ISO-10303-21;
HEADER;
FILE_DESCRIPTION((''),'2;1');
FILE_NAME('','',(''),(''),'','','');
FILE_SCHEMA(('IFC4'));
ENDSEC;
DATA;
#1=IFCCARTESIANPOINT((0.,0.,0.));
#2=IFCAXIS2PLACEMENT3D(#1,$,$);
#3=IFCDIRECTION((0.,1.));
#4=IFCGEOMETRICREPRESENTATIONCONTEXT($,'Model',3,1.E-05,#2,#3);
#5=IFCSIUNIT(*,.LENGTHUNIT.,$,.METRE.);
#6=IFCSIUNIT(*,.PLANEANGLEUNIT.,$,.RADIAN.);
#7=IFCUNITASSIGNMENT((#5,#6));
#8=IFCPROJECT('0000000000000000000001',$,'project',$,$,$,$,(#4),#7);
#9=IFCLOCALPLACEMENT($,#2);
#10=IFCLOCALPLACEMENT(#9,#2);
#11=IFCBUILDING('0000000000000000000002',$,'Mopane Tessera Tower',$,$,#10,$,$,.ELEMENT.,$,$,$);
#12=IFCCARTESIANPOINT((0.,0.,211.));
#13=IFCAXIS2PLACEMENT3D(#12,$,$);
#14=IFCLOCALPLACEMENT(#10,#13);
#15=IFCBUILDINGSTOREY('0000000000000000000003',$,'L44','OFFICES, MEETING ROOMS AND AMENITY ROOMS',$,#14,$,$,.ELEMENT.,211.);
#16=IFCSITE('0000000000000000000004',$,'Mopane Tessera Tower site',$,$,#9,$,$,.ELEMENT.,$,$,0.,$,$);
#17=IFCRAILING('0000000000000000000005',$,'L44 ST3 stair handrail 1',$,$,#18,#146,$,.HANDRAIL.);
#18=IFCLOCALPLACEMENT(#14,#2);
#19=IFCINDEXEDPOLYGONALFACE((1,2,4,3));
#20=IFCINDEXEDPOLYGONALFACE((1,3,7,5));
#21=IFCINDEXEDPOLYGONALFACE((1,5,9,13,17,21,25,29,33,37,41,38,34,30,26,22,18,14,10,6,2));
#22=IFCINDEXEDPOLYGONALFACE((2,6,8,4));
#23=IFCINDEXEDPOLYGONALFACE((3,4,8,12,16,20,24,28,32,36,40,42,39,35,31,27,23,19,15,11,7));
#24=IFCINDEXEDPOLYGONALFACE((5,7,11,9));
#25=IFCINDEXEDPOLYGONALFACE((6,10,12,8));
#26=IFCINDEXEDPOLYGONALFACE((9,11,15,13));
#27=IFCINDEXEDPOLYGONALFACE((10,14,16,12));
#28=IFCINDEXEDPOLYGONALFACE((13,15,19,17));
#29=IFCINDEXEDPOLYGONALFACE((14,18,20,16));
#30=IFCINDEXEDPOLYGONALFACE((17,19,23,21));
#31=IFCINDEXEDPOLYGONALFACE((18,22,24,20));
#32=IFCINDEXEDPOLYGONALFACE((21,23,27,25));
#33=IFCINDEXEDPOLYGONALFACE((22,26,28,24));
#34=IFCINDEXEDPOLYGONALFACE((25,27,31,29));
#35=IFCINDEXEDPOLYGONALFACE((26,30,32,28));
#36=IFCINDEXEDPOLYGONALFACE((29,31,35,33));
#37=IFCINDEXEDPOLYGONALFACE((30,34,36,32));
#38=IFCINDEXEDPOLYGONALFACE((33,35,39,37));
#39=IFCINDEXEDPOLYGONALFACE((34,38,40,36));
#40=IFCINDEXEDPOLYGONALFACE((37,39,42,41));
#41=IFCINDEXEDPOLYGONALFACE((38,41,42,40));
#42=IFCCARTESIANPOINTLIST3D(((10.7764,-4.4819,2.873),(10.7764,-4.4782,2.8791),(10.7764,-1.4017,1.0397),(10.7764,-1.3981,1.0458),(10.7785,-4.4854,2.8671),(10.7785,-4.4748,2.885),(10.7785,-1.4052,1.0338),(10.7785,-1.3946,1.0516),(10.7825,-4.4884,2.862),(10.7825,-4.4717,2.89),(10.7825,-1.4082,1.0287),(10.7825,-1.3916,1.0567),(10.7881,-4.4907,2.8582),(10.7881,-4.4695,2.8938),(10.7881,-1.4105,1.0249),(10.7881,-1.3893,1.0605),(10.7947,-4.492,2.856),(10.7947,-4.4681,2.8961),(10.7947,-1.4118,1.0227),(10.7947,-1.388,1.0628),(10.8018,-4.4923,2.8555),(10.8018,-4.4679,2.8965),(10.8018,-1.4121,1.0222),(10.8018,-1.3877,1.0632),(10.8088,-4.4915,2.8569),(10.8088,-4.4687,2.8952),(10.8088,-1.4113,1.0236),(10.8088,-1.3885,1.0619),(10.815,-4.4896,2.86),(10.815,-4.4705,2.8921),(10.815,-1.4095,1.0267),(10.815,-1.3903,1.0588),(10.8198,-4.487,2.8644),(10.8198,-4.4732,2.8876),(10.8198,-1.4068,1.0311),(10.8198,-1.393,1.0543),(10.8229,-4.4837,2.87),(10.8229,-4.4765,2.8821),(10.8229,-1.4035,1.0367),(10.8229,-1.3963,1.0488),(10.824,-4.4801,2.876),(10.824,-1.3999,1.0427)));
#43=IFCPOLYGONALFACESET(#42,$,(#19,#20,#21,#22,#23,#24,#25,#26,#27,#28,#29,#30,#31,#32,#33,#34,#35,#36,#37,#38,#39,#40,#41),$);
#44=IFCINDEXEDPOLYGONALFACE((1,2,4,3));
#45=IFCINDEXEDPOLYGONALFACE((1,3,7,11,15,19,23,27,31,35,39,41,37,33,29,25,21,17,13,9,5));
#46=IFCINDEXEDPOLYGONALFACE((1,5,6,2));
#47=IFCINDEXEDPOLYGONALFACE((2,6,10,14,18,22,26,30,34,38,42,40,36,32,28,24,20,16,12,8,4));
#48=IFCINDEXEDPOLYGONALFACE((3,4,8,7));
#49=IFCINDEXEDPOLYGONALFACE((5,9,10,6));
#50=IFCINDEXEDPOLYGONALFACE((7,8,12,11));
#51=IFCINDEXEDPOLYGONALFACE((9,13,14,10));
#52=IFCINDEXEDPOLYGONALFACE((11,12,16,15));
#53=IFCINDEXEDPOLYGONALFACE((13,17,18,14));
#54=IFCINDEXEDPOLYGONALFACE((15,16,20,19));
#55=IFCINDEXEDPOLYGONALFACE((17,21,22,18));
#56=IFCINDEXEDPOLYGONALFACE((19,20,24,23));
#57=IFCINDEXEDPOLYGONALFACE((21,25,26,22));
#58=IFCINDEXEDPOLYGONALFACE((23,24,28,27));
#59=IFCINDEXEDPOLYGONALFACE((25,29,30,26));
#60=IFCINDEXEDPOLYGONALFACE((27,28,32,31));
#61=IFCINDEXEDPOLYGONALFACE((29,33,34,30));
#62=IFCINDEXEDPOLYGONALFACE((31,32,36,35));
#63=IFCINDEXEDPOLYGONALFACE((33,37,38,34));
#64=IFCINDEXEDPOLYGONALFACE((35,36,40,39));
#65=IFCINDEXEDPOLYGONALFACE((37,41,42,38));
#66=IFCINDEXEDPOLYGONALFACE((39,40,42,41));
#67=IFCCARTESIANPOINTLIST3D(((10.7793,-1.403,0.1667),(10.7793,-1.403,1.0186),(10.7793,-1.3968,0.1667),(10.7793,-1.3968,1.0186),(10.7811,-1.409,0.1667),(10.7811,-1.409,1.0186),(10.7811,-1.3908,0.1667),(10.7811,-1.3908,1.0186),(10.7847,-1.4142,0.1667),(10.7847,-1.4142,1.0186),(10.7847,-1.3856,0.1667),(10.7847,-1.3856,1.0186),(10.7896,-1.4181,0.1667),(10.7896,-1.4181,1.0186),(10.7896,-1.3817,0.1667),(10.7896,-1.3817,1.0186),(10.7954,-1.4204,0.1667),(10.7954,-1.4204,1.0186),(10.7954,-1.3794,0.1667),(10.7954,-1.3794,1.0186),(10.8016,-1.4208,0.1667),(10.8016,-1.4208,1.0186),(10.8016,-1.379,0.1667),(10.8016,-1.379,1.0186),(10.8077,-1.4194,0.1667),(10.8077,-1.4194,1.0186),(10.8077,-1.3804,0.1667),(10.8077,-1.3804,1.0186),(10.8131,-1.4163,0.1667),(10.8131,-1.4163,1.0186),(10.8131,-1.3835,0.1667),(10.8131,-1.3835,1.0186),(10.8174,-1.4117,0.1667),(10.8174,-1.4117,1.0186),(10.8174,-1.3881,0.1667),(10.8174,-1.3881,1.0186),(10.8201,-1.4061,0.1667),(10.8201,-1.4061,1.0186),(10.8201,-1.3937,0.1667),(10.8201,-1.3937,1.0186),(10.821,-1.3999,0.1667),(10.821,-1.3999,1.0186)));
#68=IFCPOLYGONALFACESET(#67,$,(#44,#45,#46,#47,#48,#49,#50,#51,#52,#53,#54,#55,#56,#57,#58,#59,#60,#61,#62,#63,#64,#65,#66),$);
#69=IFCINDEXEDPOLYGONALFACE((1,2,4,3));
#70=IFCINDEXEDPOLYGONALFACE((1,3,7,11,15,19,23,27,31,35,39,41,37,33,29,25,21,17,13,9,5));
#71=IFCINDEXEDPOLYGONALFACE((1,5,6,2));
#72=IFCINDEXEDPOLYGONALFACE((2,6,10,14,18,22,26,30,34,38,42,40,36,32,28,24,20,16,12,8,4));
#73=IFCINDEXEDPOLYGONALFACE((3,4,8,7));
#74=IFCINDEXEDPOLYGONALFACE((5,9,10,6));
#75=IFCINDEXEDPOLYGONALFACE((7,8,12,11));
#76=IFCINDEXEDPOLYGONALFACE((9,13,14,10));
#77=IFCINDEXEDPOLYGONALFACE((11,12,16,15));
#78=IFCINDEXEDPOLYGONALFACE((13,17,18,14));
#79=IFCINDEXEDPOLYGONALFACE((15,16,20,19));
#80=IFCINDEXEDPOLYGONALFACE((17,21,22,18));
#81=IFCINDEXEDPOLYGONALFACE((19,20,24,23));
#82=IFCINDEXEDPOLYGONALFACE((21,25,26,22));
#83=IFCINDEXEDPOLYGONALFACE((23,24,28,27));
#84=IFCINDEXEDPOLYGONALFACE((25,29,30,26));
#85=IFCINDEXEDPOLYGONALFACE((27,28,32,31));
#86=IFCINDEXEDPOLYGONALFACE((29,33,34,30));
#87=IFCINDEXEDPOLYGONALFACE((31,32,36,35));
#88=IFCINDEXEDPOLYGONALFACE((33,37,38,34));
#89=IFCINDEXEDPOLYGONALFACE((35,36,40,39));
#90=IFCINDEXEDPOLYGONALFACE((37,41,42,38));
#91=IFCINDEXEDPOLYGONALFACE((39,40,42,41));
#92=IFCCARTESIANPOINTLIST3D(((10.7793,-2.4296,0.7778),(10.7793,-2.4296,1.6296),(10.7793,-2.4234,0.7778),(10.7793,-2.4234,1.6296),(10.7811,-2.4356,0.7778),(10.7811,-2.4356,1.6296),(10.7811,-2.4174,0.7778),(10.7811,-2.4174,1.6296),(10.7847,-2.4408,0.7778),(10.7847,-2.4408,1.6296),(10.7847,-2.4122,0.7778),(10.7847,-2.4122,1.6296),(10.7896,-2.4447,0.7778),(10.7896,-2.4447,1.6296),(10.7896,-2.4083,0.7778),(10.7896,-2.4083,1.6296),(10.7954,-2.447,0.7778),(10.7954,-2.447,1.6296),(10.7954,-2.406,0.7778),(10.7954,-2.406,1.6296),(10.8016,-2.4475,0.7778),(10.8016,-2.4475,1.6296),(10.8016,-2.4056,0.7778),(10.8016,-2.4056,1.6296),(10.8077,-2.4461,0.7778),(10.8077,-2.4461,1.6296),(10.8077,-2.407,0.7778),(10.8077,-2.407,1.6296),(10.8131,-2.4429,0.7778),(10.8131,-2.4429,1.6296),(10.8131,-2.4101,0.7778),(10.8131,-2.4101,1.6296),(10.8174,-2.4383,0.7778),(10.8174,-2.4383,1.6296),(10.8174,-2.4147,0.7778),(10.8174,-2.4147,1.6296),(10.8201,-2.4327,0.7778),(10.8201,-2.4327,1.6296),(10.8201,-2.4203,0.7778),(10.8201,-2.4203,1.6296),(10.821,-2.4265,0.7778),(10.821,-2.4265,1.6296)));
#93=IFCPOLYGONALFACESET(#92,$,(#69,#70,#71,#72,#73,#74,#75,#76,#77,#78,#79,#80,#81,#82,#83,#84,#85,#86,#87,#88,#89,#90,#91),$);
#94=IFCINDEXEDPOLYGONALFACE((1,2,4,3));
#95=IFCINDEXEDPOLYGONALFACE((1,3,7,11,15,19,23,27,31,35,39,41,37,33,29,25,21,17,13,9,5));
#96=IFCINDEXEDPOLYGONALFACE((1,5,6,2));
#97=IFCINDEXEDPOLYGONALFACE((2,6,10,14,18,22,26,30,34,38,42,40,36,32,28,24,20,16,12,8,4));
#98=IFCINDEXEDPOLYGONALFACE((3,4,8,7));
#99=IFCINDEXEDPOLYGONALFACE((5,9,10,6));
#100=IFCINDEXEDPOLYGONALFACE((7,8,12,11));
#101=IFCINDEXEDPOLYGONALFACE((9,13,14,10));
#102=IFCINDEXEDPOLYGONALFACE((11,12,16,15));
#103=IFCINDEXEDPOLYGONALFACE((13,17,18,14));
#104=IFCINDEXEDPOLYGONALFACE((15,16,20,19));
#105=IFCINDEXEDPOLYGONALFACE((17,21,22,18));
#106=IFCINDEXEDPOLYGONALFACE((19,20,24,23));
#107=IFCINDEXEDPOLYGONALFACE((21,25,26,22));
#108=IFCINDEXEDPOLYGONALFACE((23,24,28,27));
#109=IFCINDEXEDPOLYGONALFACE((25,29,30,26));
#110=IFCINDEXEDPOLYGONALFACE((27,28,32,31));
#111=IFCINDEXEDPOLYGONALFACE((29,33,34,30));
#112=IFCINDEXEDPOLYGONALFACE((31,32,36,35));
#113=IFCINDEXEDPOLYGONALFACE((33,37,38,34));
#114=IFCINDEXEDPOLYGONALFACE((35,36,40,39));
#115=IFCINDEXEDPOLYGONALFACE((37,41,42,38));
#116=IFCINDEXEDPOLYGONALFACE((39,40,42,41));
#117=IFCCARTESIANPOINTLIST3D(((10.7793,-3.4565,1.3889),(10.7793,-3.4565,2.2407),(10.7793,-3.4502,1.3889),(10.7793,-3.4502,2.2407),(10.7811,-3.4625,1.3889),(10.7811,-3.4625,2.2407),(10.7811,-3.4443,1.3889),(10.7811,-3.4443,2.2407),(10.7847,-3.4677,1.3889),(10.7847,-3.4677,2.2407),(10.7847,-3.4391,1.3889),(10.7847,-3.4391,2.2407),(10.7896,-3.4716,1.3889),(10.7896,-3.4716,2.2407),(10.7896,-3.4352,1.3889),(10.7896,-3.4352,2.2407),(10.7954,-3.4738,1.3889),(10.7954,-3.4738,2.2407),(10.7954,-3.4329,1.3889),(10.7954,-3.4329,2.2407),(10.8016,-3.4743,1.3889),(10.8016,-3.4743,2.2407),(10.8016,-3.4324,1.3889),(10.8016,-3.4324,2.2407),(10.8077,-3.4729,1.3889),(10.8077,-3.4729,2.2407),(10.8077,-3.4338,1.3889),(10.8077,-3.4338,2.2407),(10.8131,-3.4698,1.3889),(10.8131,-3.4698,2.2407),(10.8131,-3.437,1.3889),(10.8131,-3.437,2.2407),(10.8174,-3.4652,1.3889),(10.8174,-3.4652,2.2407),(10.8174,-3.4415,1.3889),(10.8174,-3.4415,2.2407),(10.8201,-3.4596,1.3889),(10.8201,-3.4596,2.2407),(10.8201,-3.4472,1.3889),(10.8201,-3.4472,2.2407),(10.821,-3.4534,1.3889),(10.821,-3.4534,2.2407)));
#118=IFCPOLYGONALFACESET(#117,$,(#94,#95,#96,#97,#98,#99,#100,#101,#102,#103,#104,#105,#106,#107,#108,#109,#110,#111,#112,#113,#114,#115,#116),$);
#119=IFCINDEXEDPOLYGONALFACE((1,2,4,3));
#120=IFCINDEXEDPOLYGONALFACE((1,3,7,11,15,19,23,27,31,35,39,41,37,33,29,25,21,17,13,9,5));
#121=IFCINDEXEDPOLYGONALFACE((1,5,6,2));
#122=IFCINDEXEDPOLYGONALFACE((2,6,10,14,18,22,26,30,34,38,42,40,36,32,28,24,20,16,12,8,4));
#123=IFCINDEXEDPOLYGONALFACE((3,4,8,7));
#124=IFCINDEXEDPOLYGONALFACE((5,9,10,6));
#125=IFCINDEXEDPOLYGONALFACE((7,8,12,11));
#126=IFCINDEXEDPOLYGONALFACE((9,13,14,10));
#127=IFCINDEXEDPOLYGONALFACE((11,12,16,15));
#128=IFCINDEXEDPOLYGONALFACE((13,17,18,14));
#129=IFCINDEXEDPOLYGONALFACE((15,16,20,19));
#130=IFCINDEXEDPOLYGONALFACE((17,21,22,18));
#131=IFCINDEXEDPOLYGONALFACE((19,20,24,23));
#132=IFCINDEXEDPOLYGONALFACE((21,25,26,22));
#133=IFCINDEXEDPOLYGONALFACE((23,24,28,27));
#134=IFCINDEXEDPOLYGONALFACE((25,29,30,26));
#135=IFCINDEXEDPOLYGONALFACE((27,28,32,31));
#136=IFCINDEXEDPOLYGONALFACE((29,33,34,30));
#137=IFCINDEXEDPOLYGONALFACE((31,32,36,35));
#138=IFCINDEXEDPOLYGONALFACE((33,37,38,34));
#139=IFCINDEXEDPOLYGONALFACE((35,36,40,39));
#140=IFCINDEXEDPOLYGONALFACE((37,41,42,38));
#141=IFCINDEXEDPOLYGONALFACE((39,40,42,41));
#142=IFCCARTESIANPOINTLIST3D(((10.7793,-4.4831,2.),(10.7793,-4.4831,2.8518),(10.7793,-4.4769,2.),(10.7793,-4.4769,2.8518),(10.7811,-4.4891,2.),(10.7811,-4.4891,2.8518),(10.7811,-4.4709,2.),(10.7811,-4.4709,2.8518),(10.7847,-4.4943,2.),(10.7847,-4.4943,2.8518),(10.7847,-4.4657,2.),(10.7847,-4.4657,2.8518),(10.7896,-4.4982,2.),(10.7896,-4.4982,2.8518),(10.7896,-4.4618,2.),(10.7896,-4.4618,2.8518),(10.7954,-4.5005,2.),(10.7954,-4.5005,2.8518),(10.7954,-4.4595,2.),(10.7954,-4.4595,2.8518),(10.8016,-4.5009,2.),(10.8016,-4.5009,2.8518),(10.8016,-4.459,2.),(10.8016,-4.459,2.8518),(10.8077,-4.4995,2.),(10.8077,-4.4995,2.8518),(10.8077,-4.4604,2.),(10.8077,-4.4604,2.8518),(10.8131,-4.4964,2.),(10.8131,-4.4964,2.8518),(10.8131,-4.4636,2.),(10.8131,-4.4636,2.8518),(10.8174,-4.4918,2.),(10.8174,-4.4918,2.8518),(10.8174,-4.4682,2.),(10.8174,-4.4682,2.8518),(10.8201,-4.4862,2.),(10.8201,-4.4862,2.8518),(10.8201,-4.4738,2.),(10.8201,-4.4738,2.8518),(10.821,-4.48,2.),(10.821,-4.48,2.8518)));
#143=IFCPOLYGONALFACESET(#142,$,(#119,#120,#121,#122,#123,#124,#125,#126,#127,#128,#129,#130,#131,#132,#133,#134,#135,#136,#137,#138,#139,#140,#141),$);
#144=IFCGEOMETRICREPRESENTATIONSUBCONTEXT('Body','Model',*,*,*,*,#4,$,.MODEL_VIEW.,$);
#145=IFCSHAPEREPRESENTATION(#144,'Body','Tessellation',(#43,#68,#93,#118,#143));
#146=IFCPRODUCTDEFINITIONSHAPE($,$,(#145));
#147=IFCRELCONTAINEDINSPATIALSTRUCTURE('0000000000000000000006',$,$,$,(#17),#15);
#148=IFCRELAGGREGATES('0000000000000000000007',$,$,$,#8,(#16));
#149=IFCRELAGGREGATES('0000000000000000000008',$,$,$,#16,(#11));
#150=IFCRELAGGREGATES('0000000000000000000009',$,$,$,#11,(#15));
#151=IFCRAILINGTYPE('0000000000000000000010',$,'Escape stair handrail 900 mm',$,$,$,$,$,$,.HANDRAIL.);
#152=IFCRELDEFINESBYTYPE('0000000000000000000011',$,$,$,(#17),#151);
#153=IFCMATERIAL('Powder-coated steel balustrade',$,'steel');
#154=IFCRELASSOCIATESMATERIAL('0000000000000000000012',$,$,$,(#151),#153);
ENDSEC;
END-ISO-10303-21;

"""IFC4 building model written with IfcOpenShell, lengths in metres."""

from ifc_helpers import new_model, si_unit, direction, frame, origin, origin_2d, place, context, subcontext, project, spatial, circle, extrude, material, type_object, element, save


model = new_model("IFC4")

# Units and contexts
model_context = context("Model", 3, precision=1e-05, world=origin(), true_north=direction((0.0, 1.0)))
body_context = subcontext(model_context, "Body", "Model", "MODEL_VIEW")
ifc_project = project(units=[si_unit("LENGTHUNIT", "METRE"), si_unit("PLANEANGLEUNIT", "RADIAN")], contexts=[model_context])

# Site, building, storey
site_placement = place(None, origin())
site = spatial("IfcSite", under=ifc_project, at=site_placement, Name="Mopane Tessera Tower site", CompositionType="ELEMENT", RefElevation=0.0)
building_placement = place(site_placement, origin())
building = spatial("IfcBuilding", under=site, at=building_placement, Name="Mopane Tessera Tower", CompositionType="ELEMENT")
storey_placement = place(building_placement, frame((0.0, 0.0, 211.0)))
storey = spatial("IfcBuildingStorey", under=building, at=storey_placement, Name="L44", Description="OFFICES, MEETING ROOMS AND AMENITY ROOMS", CompositionType="ELEMENT", Elevation=211.0)

# Railing
ifc_material_1 = material(Name="Powder-coated steel balustrade", Category="steel")
railing_type_1 = type_object("IfcRailingType", Name="Escape stair handrail 900 mm", PredefinedType="HANDRAIL", material=ifc_material_1)
railing_1_placement = place(storey_placement, frame((10.8, -1.3999, 0.1667)))
element("IfcRailing", 1, at=railing_1_placement, inside=storey, type_object=railing_type_1, Name="L44 ST3 stair handrail 1", PredefinedType="HANDRAIL", context=body_context, shape_type="SweptSolid", body=[
    extrude(circle(Radius=0.0239, at=origin_2d()), frame((0.0, 0.0, 0.876), z_axis=(0.0, -0.859309, 0.511458), x_axis=(1.0, 0.0, 0.0)), (0.0, 0.0, 1.0), 3.5845),
    extrude(circle(Radius=0.021, at=origin_2d()), origin(), (0.0, 0.0, 1.0), 0.8518),
    extrude(circle(Radius=0.021, at=origin_2d()), frame((0.0, -1.0266, 0.6111)), (0.0, 0.0, 1.0), 0.8518),
    extrude(circle(Radius=0.021, at=origin_2d()), frame((0.0, -2.0535, 1.2222)), (0.0, 0.0, 1.0), 0.8518),
    extrude(circle(Radius=0.021, at=origin_2d()), frame((0.0, -3.0801, 1.8333)), (0.0, 0.0, 1.0), 0.8518),
])

save(model, "model.ifc")
